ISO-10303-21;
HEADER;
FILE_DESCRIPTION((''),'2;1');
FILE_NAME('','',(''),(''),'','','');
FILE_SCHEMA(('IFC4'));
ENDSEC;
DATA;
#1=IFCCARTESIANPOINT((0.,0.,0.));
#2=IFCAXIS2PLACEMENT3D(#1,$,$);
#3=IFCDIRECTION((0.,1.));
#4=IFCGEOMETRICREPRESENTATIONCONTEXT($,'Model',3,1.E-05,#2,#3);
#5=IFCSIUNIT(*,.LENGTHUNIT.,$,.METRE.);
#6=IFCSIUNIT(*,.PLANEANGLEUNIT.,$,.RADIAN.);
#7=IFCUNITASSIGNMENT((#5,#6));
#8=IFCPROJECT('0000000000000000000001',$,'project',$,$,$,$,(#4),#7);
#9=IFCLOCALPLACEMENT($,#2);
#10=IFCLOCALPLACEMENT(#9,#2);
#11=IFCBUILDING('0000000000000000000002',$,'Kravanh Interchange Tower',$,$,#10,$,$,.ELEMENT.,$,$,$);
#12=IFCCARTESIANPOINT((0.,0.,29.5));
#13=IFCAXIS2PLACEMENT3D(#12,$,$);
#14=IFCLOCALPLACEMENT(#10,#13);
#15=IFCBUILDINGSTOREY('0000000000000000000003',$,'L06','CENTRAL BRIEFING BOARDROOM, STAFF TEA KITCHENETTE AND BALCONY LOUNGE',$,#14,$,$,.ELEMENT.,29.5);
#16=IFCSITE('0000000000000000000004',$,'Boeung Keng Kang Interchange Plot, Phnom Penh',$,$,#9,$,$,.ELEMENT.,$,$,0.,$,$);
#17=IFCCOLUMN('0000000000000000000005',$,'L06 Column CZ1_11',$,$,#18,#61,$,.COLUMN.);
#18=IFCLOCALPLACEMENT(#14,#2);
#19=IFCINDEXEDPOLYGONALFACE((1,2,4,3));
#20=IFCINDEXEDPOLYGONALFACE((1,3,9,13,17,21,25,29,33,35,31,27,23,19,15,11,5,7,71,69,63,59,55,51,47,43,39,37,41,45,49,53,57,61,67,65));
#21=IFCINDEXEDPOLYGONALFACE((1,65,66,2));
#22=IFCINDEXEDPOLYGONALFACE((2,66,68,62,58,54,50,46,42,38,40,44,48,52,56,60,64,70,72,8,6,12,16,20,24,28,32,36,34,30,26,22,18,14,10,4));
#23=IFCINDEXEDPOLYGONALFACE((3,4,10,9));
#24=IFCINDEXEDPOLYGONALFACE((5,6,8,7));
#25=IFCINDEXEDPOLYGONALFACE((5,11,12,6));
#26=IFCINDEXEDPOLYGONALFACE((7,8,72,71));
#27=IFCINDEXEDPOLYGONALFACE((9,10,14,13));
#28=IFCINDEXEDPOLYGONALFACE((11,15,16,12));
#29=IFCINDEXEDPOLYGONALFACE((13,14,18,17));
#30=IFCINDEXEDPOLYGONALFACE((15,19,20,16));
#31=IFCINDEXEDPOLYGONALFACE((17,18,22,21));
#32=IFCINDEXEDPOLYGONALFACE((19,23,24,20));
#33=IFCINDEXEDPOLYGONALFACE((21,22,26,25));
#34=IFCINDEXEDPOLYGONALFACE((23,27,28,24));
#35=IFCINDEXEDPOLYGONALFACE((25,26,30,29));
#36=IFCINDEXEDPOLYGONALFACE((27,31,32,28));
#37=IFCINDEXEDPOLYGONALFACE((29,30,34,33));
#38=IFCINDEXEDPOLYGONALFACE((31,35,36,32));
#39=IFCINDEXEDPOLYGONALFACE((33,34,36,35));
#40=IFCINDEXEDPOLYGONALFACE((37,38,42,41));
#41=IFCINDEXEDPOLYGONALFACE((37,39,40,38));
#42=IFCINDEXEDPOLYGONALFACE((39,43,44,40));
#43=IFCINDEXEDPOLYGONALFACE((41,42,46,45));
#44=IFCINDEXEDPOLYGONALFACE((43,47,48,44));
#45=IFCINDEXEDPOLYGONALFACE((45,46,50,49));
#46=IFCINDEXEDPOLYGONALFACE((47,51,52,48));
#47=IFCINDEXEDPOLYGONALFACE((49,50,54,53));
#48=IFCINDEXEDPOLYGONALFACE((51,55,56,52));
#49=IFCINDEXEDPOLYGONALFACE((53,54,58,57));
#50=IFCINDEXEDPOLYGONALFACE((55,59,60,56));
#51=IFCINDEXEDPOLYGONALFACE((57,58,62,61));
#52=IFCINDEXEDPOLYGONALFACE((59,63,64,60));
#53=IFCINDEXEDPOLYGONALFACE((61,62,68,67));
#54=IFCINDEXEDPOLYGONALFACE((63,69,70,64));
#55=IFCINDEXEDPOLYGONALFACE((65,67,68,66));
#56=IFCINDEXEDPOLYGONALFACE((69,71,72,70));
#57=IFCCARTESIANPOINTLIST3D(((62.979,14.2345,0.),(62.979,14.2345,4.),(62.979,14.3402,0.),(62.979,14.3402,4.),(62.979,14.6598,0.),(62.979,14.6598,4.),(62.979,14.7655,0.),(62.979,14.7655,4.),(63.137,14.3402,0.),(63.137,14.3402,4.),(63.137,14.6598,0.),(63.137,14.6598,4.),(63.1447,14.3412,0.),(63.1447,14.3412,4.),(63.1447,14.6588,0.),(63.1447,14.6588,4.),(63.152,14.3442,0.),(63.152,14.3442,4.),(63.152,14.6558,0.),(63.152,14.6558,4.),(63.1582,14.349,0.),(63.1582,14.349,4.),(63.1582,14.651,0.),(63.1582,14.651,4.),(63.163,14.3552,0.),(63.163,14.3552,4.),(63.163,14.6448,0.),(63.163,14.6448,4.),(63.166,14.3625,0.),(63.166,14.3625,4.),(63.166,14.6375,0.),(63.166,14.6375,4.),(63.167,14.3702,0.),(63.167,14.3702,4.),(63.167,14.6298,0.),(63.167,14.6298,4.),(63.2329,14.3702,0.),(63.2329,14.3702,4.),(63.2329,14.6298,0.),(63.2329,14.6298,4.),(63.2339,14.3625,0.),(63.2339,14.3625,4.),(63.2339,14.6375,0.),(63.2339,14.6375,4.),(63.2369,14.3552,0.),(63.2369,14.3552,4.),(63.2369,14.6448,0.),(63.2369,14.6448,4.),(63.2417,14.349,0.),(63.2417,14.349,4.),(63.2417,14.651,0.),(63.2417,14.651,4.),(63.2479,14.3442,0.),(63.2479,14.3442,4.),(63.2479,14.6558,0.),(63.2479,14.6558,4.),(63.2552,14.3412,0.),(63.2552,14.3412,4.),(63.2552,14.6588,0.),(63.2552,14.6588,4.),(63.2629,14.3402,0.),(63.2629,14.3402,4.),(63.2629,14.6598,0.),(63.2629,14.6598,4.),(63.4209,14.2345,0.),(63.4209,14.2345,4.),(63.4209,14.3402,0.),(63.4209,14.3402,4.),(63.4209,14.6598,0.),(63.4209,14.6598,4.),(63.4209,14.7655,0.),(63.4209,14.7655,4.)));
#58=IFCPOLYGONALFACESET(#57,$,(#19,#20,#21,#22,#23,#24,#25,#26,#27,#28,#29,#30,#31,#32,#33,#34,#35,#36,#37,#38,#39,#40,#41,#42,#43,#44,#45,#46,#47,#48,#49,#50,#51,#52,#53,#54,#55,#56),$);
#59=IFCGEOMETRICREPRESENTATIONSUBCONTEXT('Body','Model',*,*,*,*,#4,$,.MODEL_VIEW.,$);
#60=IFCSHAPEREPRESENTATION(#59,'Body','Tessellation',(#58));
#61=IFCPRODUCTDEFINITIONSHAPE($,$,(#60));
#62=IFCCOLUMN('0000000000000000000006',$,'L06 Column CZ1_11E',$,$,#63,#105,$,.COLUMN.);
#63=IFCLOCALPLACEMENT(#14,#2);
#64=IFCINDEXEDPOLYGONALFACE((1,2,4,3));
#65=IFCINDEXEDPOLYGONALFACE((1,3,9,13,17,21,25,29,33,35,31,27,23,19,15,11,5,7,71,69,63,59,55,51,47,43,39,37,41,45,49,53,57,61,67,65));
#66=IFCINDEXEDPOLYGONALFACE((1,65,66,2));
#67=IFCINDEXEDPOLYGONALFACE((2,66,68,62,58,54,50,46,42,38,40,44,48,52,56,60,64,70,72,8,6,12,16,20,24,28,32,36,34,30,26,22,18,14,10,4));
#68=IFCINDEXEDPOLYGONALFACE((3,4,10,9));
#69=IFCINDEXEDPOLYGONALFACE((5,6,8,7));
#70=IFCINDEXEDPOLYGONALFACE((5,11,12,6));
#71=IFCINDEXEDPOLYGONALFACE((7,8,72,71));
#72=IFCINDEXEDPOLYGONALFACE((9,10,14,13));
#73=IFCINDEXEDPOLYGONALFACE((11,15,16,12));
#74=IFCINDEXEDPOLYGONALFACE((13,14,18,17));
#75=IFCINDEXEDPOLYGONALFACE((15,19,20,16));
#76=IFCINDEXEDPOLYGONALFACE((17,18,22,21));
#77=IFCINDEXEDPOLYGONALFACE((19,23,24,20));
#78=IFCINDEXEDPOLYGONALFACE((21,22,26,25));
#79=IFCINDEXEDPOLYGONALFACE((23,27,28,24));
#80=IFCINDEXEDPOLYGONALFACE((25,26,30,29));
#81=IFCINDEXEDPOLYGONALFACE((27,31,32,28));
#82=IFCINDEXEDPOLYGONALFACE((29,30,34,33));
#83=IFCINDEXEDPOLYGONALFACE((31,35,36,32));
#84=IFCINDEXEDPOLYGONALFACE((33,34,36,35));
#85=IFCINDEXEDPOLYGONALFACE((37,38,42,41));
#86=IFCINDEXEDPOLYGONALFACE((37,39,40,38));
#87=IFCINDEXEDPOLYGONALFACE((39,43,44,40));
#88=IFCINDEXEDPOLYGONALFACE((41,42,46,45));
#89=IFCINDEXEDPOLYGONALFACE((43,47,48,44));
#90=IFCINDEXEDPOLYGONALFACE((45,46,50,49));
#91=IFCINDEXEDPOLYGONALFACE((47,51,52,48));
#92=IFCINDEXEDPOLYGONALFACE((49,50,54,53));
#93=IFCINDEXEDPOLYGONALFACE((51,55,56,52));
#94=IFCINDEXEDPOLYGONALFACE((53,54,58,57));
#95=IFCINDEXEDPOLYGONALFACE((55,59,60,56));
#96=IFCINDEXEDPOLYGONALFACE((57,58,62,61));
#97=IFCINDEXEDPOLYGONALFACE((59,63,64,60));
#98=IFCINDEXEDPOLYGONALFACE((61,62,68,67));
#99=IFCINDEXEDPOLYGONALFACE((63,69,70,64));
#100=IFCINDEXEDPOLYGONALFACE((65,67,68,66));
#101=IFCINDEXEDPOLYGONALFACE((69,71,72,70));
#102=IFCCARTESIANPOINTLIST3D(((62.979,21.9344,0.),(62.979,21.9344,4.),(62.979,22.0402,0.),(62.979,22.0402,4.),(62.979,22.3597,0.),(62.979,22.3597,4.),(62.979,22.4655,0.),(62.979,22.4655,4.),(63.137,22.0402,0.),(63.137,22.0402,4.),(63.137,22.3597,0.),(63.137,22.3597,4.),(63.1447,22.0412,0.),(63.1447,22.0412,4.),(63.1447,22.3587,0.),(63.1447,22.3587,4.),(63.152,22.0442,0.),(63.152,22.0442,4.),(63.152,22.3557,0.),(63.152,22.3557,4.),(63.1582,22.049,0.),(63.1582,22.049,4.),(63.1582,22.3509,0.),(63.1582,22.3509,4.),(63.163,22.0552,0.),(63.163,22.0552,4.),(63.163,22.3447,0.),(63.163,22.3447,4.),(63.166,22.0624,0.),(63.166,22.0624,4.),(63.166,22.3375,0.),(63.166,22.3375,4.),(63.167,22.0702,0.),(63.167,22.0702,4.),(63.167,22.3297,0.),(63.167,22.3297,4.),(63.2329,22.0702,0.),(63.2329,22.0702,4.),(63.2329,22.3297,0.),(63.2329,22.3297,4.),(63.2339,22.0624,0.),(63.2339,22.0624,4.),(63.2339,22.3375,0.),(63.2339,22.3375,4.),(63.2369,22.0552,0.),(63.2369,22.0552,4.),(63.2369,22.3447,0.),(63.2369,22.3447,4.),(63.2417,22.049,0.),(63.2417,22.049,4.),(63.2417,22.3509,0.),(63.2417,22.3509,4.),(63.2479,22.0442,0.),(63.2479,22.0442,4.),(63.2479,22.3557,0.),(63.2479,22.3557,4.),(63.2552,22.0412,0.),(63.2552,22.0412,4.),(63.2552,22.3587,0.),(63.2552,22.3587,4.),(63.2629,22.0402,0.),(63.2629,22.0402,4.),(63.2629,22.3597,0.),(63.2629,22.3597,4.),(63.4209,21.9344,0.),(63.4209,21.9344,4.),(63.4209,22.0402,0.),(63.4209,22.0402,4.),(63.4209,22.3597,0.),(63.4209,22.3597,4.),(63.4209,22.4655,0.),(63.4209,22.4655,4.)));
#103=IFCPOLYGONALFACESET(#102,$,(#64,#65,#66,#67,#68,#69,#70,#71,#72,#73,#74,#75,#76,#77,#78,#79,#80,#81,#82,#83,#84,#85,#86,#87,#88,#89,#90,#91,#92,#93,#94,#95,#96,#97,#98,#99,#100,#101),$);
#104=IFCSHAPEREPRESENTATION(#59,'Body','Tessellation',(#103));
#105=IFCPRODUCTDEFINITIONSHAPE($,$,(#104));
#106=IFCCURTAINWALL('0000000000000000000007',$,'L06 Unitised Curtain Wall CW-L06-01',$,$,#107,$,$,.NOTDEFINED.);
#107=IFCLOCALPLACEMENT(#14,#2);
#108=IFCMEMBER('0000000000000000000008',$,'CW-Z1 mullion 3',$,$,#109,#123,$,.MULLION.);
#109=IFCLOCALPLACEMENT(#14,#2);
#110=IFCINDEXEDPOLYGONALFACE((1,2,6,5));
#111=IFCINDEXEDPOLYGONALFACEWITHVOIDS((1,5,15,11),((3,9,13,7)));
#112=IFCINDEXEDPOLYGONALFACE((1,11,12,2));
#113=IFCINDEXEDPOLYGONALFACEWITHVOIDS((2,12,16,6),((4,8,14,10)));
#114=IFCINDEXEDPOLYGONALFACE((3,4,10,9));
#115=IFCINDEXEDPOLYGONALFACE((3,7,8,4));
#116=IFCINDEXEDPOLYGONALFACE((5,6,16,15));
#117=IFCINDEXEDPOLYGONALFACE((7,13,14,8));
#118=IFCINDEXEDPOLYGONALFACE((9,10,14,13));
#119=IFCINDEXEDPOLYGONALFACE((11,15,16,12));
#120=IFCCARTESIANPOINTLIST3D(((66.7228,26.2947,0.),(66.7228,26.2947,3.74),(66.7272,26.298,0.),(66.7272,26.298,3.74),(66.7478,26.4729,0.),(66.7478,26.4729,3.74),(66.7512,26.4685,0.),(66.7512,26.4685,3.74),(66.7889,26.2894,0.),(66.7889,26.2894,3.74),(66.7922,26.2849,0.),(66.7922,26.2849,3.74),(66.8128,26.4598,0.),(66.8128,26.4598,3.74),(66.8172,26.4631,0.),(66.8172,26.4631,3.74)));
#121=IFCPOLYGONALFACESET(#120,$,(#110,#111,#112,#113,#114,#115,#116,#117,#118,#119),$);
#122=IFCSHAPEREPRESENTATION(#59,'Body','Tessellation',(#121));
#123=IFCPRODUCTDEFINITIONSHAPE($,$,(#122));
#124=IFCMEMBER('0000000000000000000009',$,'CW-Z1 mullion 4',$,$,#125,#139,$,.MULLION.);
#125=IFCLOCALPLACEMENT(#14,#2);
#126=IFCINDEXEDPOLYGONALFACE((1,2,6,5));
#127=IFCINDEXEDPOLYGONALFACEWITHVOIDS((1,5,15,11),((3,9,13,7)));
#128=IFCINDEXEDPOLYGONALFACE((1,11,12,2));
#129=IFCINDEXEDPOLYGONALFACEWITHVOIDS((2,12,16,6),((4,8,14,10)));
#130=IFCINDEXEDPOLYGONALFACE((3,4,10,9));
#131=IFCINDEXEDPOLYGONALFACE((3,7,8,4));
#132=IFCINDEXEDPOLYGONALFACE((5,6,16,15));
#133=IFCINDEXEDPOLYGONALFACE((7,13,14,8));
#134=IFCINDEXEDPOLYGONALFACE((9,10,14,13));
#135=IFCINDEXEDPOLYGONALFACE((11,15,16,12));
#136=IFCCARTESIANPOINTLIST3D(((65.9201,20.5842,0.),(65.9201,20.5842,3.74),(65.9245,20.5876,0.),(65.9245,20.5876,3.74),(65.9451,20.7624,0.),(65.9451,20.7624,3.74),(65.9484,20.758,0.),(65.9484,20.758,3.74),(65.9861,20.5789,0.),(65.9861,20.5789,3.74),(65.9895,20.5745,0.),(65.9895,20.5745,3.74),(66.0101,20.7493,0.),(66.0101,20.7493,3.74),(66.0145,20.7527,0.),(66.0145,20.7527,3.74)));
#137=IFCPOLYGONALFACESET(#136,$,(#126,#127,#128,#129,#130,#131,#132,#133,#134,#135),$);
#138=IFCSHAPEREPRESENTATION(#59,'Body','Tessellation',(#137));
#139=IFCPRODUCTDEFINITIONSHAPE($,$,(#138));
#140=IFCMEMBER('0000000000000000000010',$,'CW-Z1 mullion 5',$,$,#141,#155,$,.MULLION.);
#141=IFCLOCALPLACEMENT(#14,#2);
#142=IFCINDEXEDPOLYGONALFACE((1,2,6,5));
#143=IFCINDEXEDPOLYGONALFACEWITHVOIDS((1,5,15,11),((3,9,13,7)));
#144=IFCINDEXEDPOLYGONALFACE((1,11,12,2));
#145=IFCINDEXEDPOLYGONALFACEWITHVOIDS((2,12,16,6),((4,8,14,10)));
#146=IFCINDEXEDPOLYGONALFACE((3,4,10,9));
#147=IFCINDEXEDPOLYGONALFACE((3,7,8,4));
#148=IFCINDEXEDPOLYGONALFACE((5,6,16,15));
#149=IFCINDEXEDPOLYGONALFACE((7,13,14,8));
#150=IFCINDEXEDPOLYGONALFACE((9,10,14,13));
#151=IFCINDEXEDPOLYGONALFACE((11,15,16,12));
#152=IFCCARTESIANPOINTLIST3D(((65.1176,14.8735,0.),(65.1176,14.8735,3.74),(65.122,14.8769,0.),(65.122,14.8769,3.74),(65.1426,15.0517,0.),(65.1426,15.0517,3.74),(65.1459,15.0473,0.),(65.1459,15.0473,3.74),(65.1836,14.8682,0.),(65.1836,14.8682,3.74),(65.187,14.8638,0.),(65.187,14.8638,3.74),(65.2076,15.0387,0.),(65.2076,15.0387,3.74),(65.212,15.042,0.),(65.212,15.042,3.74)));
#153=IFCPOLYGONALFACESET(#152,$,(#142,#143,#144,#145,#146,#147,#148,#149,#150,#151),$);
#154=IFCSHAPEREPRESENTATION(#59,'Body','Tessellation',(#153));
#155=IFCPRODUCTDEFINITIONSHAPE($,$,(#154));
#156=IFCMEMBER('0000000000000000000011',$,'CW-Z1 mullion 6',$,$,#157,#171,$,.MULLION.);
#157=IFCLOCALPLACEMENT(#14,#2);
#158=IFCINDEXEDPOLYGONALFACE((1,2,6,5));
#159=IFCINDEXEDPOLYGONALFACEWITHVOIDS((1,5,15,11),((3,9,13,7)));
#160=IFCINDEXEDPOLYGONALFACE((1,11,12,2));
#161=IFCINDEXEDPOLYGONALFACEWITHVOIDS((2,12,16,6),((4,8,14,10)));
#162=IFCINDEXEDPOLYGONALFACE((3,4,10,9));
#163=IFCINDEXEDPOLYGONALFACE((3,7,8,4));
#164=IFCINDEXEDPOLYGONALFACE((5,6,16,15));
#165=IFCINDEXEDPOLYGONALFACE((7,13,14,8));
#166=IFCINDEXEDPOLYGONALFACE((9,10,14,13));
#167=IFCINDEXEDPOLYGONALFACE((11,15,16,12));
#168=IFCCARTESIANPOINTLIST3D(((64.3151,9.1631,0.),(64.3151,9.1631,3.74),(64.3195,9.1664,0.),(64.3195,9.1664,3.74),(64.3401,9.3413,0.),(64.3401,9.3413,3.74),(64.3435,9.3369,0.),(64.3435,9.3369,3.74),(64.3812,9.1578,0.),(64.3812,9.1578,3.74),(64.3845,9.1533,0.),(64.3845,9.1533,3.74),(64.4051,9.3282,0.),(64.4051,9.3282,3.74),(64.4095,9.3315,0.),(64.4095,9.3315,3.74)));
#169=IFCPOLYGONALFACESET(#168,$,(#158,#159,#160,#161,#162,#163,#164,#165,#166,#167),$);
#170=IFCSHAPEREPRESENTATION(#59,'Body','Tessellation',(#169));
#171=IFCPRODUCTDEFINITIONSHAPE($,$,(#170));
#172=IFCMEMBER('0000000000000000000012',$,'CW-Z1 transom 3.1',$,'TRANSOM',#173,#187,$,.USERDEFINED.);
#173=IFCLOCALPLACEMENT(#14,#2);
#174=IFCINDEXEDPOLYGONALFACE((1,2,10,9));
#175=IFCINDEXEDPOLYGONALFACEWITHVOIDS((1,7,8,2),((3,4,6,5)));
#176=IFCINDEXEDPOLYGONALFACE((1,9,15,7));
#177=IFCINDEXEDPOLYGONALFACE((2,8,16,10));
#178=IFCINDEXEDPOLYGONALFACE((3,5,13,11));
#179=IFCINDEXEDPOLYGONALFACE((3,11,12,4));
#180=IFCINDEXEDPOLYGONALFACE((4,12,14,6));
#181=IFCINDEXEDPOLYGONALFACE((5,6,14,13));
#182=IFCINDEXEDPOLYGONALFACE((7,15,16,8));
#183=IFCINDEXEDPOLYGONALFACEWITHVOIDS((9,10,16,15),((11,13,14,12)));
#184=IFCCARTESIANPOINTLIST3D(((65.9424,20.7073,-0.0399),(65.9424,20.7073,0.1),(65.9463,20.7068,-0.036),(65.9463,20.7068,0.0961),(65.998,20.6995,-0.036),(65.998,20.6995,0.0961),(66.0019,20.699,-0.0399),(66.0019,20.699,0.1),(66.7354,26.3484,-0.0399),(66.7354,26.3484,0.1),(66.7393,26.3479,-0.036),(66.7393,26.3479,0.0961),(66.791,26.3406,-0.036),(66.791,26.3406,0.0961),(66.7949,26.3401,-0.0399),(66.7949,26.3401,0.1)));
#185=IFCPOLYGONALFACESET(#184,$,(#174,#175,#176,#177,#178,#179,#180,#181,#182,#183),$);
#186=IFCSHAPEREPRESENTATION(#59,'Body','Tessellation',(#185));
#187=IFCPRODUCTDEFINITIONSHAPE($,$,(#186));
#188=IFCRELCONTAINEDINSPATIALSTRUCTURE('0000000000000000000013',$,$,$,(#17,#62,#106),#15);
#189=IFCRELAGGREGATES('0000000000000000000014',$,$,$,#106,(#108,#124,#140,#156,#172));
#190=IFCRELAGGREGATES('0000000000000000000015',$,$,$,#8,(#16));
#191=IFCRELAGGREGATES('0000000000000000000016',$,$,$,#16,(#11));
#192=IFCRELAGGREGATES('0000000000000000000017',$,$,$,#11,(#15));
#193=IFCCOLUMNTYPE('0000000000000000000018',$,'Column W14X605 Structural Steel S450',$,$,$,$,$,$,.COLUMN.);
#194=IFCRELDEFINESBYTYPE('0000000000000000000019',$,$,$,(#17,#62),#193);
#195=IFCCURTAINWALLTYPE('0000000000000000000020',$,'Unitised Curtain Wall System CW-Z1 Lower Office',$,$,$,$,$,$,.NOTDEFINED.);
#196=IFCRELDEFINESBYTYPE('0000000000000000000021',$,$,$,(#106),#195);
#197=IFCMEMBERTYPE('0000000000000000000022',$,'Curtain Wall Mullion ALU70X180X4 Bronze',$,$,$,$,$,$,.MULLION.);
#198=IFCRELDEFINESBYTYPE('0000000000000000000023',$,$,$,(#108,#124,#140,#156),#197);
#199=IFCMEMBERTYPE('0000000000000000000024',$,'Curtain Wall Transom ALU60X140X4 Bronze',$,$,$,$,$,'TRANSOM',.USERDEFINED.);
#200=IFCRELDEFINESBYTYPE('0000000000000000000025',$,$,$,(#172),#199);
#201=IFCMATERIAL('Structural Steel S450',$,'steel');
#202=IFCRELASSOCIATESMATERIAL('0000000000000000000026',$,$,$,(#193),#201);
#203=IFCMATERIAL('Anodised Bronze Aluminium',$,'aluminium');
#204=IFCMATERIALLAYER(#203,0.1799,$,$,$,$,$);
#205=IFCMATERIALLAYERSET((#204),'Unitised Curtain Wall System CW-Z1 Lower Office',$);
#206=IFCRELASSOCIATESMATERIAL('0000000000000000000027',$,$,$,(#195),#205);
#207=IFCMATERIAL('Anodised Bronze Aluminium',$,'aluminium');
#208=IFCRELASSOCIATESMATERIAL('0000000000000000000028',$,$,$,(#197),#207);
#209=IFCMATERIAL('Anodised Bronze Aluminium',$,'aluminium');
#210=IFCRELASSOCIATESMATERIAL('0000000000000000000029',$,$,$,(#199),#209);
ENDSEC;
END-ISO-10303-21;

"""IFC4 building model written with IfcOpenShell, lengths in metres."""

from ifc_helpers import new_model, si_unit, direction, frame, origin, origin_2d, place, context, subcontext, project, spatial, hollow_rectangle, i_section, extrude, material, layer, layer_set, material_profile, profile_set, type_object, element, aggregate, save


model = new_model("IFC4")

# Units and contexts
model_context = context("Model", 3, precision=1e-05, world=origin(), true_north=direction((0.0, 1.0)))
body_context = subcontext(model_context, "Body", "Model", "MODEL_VIEW")
ifc_project = project(units=[si_unit("LENGTHUNIT", "METRE"), si_unit("PLANEANGLEUNIT", "RADIAN")], contexts=[model_context])

# Site, building, storey
site_placement = place(None, origin())
site = spatial("IfcSite", under=ifc_project, at=site_placement, Name="Boeung Keng Kang Interchange Plot, Phnom Penh", CompositionType="ELEMENT", RefElevation=0.0)
building_placement = place(site_placement, origin())
building = spatial("IfcBuilding", under=site, at=building_placement, Name="Kravanh Interchange Tower", CompositionType="ELEMENT")
storey_placement = place(building_placement, frame((0.0, 0.0, 29.5)))
storey = spatial("IfcBuildingStorey", under=building, at=storey_placement, Name="L06", Description="CENTRAL BRIEFING BOARDROOM, STAFF TEA KITCHENETTE AND BALCONY LOUNGE", CompositionType="ELEMENT", Elevation=29.5)

# Columns
ifc_material_1 = material(Name="Structural Steel S450", Category="steel")
ifc_material_profile_1 = material_profile(ifc_material_1, i_section(OverallWidth=0.4419, OverallDepth=0.531, WebThickness=0.0659, FlangeThickness=0.1057, FilletRadius=0.03, at=origin_2d()), Name="W14X605")
ifc_profile_set_1 = profile_set([ifc_material_profile_1], Name="Structural Steel S450")
column_type = type_object("IfcColumnType", Name="Column W14X605 Structural Steel S450", PredefinedType="COLUMN", material=ifc_profile_set_1)
for number, where, z_axis, x_axis, name in (
    (1, (63.2, 14.5, 0.0), (0.0, 0.0, 1.0), (1.0, 0.0, 0.0), "L06 Column CZ1_11"),
    (2, (63.2, 22.2, 0.0), (0.0, 0.0, 1.0), (1.0, 0.0, 0.0), "L06 Column CZ1_11E"),
):
    element("IfcColumn", number, at=place(storey_placement, frame(where, z_axis=z_axis, x_axis=x_axis)), inside=storey, type_object=column_type, Name=name, PredefinedType="COLUMN", context=body_context, shape_type="SweptSolid", body=[
        extrude(i_section(OverallWidth=0.4419, OverallDepth=0.531, WebThickness=0.0659, FlangeThickness=0.1057, FilletRadius=0.03, at=origin_2d()), origin(), (0.0, 0.0, 1.0), 4.0),
    ])

# Curtain wall, members
ifc_material_2 = material(Name="Anodised Bronze Aluminium", Category="aluminium")
ifc_layer_1 = layer(ifc_material_2, 0.1799)
ifc_layer_set_1 = layer_set([ifc_layer_1], Name="Unitised Curtain Wall System CW-Z1 Lower Office")
curtain_wall_type = type_object("IfcCurtainWallType", Name="Unitised Curtain Wall System CW-Z1 Lower Office", PredefinedType="NOTDEFINED", material=ifc_layer_set_1)
curtain_wall_placement = place(storey_placement, origin())
curtain_wall = element("IfcCurtainWall", 3, at=curtain_wall_placement, inside=storey, type_object=curtain_wall_type, Name="L06 Unitised Curtain Wall CW-L06-01", PredefinedType="NOTDEFINED")
ifc_material_3 = material(Name="Anodised Bronze Aluminium", Category="aluminium")
ifc_material_profile_2 = material_profile(ifc_material_3, hollow_rectangle(XDim=0.0701, YDim=0.1799, WallThickness=0.0039, at=origin_2d()), Name="ALU70X180X4")
ifc_profile_set_2 = profile_set([ifc_material_profile_2], Name="Anodised Bronze Aluminium")
member_type_1 = type_object("IfcMemberType", Name="Curtain Wall Mullion ALU70X180X4 Bronze", PredefinedType="MULLION", material=ifc_profile_set_2)
member_1_placement = place(storey_placement, frame((66.77, 26.3789, 0.0), z_axis=(0.0, 0.0, 1.0), x_axis=(0.990268, -0.139177, 0.0)))
member_1 = element("IfcMember", 4, at=member_1_placement, type_object=member_type_1, Name="CW-Z1 mullion 3", PredefinedType="MULLION", context=body_context, shape_type="SweptSolid", body=[
    extrude(hollow_rectangle(XDim=0.0701, YDim=0.1799, WallThickness=0.0039, at=origin_2d()), origin(), (0.0, 0.0, 1.0), 3.74),
])
member_2_placement = place(storey_placement, frame((65.9673, 20.6685, 0.0), z_axis=(0.0, 0.0, 1.0), x_axis=(0.990268, -0.139177, 0.0)))
member_2 = element("IfcMember", 5, at=member_2_placement, type_object=member_type_1, Name="CW-Z1 mullion 4", PredefinedType="MULLION", context=body_context, shape_type="SweptSolid", body=[
    extrude(hollow_rectangle(XDim=0.0701, YDim=0.1799, WallThickness=0.0039, at=origin_2d()), origin(), (0.0, 0.0, 1.0), 3.74),
])
member_3_placement = place(storey_placement, frame((65.1648, 14.9578, 0.0), z_axis=(0.0, 0.0, 1.0), x_axis=(0.990268, -0.139177, 0.0)))
member_3 = element("IfcMember", 6, at=member_3_placement, type_object=member_type_1, Name="CW-Z1 mullion 5", PredefinedType="MULLION", context=body_context, shape_type="SweptSolid", body=[
    extrude(hollow_rectangle(XDim=0.0701, YDim=0.1799, WallThickness=0.0039, at=origin_2d()), origin(), (0.0, 0.0, 1.0), 3.74),
])
member_4_placement = place(storey_placement, frame((64.3623, 9.2473, 0.0), z_axis=(0.0, 0.0, 1.0), x_axis=(0.990268, -0.139177, 0.0)))
member_4 = element("IfcMember", 7, at=member_4_placement, type_object=member_type_1, Name="CW-Z1 mullion 6", PredefinedType="MULLION", context=body_context, shape_type="SweptSolid", body=[
    extrude(hollow_rectangle(XDim=0.0701, YDim=0.1799, WallThickness=0.0039, at=origin_2d()), origin(), (0.0, 0.0, 1.0), 3.74),
])
ifc_material_4 = material(Name="Anodised Bronze Aluminium", Category="aluminium")
ifc_material_profile_3 = material_profile(ifc_material_4, hollow_rectangle(XDim=0.0601, YDim=0.1399, WallThickness=0.0039, at=origin_2d()), Name="ALU60X140X4")
ifc_profile_set_3 = profile_set([ifc_material_profile_3], Name="Anodised Bronze Aluminium")
member_type_2 = type_object("IfcMemberType", Name="Curtain Wall Transom ALU60X140X4 Bronze", ElementType="TRANSOM", PredefinedType="USERDEFINED", material=ifc_profile_set_3)
member_5_placement = place(storey_placement, frame((66.7651, 26.3442, 0.03), z_axis=(-0.139201, -0.990264, 0.0), x_axis=(0.990264, -0.139201, 0.0)))
member_5 = element("IfcMember", 8, at=member_5_placement, type_object=member_type_2, Name="CW-Z1 transom 3.1", ObjectType="TRANSOM", PredefinedType="USERDEFINED", context=body_context, shape_type="SweptSolid", body=[
    extrude(hollow_rectangle(XDim=0.0601, YDim=0.1399, WallThickness=0.0039, at=origin_2d()), origin(), (0.0, 0.0, 1.0), 5.6965),
])

aggregate(curtain_wall, [member_1, member_2, member_3, member_4, member_5])

save(model, "model.ifc")
